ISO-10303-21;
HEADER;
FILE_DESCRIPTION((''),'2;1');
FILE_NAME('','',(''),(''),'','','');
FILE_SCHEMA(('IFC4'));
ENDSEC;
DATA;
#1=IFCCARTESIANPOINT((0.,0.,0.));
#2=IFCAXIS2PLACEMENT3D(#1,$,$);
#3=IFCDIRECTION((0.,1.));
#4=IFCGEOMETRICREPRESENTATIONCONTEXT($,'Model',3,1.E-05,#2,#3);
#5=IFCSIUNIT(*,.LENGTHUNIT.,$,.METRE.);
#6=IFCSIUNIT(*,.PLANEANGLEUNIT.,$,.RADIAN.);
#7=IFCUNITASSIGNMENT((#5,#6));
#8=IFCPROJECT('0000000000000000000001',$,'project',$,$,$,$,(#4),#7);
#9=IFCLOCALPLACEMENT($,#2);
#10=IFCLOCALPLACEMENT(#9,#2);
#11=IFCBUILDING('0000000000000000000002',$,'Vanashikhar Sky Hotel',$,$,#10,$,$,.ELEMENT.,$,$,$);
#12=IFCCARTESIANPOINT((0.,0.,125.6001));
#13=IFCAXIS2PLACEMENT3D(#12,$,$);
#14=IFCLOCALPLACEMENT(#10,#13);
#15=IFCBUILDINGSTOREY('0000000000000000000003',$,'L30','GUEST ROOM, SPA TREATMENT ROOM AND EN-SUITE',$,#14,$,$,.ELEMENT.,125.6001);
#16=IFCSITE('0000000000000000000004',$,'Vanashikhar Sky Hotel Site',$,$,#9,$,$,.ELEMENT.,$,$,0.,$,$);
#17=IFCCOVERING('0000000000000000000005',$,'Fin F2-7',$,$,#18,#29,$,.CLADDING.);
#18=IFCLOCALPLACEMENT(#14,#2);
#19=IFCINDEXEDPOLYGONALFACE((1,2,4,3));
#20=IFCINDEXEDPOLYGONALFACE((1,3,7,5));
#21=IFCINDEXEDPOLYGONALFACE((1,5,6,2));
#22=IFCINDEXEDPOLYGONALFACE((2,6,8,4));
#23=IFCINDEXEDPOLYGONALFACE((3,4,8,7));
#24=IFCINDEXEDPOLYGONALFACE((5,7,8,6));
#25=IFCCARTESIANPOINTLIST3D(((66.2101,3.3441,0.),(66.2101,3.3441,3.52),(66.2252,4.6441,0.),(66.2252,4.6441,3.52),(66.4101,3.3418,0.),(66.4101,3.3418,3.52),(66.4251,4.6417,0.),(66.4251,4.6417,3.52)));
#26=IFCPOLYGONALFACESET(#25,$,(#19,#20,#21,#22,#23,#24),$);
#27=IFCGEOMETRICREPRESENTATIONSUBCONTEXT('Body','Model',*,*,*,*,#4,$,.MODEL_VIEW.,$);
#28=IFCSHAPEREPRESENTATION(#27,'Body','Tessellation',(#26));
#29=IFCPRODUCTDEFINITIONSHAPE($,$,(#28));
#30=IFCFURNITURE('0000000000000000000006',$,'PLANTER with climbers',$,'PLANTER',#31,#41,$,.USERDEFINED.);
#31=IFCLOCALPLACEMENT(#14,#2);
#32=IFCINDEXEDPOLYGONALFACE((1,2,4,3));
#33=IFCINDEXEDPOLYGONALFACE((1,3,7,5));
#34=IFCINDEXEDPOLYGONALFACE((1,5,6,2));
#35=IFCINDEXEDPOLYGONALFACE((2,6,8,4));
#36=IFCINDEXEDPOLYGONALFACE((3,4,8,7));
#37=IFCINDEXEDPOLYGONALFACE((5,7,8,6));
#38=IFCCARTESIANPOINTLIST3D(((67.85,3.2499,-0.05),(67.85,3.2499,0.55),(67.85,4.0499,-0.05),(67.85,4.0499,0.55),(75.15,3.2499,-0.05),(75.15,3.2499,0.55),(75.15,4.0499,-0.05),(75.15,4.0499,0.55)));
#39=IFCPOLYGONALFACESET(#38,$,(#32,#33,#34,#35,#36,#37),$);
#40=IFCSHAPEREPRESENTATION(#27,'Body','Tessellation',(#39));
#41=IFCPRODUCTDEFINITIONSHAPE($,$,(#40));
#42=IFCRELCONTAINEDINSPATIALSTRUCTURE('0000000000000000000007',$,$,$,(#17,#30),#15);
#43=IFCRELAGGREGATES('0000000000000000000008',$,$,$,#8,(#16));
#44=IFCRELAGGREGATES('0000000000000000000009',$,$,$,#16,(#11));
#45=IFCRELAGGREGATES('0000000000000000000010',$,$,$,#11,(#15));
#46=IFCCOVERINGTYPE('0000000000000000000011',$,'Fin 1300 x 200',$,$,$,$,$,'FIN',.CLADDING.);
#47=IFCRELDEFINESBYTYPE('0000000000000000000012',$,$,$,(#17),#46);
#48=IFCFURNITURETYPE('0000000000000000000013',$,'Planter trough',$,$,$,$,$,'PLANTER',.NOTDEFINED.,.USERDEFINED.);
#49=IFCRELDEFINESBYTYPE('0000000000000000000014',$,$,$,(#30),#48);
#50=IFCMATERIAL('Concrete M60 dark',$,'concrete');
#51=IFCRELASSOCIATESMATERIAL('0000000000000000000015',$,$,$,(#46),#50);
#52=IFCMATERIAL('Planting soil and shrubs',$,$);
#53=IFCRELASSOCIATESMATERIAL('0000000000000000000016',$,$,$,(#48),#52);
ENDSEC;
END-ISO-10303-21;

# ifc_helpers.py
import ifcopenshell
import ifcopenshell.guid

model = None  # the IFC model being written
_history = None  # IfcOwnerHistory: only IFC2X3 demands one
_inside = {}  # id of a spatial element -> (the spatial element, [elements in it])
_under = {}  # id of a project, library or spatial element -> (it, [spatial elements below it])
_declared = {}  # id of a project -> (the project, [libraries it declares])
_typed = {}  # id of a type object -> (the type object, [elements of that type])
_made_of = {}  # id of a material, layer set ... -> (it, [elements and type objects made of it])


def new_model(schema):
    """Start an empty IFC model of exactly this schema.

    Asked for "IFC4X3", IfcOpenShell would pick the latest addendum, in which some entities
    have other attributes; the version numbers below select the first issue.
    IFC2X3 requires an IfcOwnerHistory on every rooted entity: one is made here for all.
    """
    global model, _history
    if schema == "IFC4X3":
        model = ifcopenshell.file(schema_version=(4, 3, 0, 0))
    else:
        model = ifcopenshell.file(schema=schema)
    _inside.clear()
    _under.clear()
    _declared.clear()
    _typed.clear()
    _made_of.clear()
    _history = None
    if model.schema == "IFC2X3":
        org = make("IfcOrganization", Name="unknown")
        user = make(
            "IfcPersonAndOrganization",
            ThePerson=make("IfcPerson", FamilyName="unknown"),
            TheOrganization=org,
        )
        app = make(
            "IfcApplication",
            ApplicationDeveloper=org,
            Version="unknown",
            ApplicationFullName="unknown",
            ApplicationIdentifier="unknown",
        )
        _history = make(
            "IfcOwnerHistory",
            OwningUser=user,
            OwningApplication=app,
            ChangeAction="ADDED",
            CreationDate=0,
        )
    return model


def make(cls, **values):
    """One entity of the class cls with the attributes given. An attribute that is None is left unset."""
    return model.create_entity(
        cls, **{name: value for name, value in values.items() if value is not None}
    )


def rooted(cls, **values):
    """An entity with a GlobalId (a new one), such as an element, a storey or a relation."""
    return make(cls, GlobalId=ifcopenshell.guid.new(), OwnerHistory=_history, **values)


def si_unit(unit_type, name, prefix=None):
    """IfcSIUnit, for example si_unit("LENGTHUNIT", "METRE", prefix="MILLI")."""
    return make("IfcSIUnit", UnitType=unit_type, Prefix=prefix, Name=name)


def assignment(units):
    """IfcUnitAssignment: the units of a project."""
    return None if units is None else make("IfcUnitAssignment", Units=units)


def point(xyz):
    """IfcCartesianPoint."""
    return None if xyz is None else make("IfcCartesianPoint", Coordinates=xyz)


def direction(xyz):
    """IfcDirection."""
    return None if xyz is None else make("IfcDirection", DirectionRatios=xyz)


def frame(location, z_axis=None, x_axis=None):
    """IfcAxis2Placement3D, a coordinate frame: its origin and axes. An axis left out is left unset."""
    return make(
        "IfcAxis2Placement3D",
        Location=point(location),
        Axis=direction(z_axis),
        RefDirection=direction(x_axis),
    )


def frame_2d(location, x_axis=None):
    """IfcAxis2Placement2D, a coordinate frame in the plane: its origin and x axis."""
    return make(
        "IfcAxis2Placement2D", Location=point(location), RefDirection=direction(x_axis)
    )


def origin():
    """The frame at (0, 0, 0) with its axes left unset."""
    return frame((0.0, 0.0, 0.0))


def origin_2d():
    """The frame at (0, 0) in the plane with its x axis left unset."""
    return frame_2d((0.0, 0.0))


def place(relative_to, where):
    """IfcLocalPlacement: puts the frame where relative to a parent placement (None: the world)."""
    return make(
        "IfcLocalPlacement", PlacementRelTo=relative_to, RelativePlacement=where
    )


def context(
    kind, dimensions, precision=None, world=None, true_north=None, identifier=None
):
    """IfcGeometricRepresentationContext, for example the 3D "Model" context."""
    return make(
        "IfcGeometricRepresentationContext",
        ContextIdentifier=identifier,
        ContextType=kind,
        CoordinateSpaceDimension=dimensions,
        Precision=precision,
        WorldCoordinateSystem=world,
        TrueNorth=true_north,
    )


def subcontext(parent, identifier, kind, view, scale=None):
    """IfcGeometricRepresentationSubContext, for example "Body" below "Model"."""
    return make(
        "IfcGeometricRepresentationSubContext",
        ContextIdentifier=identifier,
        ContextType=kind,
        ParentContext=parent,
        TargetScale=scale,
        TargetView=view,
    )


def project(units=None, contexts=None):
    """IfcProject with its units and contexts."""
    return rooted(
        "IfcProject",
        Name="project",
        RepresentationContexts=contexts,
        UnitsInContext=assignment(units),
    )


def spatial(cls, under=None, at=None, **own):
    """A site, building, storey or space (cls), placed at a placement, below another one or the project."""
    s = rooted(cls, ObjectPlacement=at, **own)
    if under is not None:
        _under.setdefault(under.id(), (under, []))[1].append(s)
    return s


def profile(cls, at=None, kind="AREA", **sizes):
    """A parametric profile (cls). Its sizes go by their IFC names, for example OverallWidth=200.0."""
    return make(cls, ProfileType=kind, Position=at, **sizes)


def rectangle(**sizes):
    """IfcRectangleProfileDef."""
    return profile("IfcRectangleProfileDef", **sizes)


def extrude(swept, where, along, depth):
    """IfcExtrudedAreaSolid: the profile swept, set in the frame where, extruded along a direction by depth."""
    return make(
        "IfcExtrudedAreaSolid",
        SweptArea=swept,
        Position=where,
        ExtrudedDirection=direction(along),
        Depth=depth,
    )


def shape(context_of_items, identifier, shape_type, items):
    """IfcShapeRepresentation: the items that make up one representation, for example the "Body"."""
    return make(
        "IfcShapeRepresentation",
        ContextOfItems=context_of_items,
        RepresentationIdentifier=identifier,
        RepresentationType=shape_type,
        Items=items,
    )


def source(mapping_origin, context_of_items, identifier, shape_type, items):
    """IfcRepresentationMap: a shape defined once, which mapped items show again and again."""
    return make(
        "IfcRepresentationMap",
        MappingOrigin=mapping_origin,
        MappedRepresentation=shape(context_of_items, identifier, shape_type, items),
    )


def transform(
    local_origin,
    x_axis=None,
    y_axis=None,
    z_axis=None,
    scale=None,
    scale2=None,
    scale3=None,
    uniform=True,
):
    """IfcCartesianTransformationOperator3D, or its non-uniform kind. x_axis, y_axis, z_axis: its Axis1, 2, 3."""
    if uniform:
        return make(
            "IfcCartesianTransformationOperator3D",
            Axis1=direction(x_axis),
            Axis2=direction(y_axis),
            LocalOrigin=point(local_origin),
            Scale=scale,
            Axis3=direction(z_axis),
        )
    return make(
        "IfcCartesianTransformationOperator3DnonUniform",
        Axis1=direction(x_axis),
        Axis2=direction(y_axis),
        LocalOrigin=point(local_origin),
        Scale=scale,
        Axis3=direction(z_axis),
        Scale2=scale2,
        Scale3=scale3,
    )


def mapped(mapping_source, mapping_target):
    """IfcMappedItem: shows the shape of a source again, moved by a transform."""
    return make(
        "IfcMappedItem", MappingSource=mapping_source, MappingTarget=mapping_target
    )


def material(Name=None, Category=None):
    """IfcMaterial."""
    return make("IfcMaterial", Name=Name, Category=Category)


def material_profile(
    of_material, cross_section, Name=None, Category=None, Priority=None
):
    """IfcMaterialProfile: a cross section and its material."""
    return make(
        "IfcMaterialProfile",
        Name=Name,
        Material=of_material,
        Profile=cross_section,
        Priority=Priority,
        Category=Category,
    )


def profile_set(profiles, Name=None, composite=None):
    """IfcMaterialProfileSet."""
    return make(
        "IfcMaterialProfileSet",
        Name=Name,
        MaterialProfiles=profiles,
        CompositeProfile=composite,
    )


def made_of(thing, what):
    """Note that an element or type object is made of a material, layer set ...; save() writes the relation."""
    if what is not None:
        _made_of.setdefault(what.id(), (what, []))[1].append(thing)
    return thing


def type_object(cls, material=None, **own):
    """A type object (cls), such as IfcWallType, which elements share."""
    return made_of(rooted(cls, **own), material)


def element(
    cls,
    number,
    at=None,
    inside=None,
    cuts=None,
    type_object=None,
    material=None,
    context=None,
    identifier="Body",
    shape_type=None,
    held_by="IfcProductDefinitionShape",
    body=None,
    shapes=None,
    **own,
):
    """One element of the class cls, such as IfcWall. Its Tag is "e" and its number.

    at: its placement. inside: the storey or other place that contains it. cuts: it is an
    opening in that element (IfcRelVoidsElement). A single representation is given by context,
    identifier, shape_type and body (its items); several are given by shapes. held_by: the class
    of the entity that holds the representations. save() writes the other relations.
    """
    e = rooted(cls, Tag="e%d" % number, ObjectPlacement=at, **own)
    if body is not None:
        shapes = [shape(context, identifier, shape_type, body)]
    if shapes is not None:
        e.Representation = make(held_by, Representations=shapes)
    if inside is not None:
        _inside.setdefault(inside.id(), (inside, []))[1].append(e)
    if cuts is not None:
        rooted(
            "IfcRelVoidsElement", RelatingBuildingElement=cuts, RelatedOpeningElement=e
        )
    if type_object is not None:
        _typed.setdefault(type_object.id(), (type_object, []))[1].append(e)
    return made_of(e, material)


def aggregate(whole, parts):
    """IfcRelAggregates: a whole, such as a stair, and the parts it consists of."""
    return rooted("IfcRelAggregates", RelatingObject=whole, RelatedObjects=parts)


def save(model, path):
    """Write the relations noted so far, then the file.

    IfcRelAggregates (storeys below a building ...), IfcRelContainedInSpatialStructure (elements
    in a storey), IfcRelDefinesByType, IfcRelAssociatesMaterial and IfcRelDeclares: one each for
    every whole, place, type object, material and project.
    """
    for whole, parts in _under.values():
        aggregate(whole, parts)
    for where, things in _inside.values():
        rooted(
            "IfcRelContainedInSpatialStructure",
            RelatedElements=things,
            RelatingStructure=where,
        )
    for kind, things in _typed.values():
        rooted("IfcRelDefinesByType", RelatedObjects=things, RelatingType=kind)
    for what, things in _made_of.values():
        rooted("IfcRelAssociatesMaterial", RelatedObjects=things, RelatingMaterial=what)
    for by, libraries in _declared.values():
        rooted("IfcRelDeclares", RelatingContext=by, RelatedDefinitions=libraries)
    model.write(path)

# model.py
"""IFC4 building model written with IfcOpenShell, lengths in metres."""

from ifc_helpers import new_model, si_unit, direction, frame, origin, origin_2d, place, context, subcontext, project, spatial, rectangle, extrude, source, transform, mapped, material, material_profile, profile_set, type_object, element, save


model = new_model("IFC4")

# Units and contexts
model_context = context("Model", 3, precision=1e-05, world=origin(), true_north=direction((0.0, 1.0)))
body_context = subcontext(model_context, "Body", "Model", "MODEL_VIEW")
ifc_project = project(units=[si_unit("LENGTHUNIT", "METRE"), si_unit("PLANEANGLEUNIT", "RADIAN")], contexts=[model_context])

# Site, building, storey
site_placement = place(None, origin())
site = spatial("IfcSite", under=ifc_project, at=site_placement, Name="Vanashikhar Sky Hotel Site", CompositionType="ELEMENT", RefElevation=0.0)
building_placement = place(site_placement, origin())
building = spatial("IfcBuilding", under=site, at=building_placement, Name="Vanashikhar Sky Hotel", CompositionType="ELEMENT")
storey_placement = place(building_placement, frame((0.0, 0.0, 125.6001)))
storey = spatial("IfcBuildingStorey", under=building, at=storey_placement, Name="L30", Description="GUEST ROOM, SPA TREATMENT ROOM AND EN-SUITE", CompositionType="ELEMENT", Elevation=125.6001)

# Covering
ifc_material_1 = material(Name="Concrete M60 dark", Category="concrete")
ifc_material_profile_1 = material_profile(ifc_material_1, rectangle(XDim=1.3, YDim=0.2, at=origin_2d()))
ifc_profile_set_1 = profile_set([ifc_material_profile_1], Name="Fin 1300 x 200")
covering_type_1 = type_object("IfcCoveringType", Name="Fin 1300 x 200", ElementType="FIN", PredefinedType="CLADDING", material=ifc_profile_set_1)
shared_shape_1 = source(origin(), body_context, "Body", "SweptSolid", [
    extrude(rectangle(XDim=1.3, YDim=0.2, at=origin_2d()), origin(), (0.0, 0.0, 1.0), 3.52),
])
for number, where, z_axis, x_axis, name in (
    (1, (66.3176, 3.9929, 0.0), (0.0, 0.0, 1.0), (-0.011589, -0.999933, 0.0), "Fin F2-7"),
):
    element("IfcCovering", number, at=place(storey_placement, frame(where, z_axis=z_axis, x_axis=x_axis)), inside=storey, type_object=covering_type_1, Name=name, PredefinedType="CLADDING", context=body_context, shape_type="MappedRepresentation", body=[
        mapped(shared_shape_1, transform((0.0, 0.0, 0.0), scale=1.0)),
    ])

# Furniture
ifc_material_2 = material(Name="Planting soil and shrubs")
furniture_type = type_object("IfcFurnitureType", Name="Planter trough", ElementType="PLANTER", AssemblyPlace="NOTDEFINED", PredefinedType="USERDEFINED", material=ifc_material_2)
shared_shape_2 = source(origin(), body_context, "Body", "SweptSolid", [
    extrude(rectangle(XDim=7.3, YDim=0.8, at=origin_2d()), origin(), (0.0, 0.0, 1.0), 0.6001),
])
furniture_placement = place(storey_placement, frame((71.5, 3.6499, -0.05), z_axis=(0.0, 0.0, 1.0), x_axis=(1.0, 0.0, 0.0)))
element("IfcFurniture", 2, at=furniture_placement, inside=storey, type_object=furniture_type, Name="PLANTER with climbers", ObjectType="PLANTER", PredefinedType="USERDEFINED", context=body_context, shape_type="MappedRepresentation", body=[
    mapped(shared_shape_2, transform((0.0, 0.0, 0.0), scale=1.0)),
])

save(model, "model.ifc")
